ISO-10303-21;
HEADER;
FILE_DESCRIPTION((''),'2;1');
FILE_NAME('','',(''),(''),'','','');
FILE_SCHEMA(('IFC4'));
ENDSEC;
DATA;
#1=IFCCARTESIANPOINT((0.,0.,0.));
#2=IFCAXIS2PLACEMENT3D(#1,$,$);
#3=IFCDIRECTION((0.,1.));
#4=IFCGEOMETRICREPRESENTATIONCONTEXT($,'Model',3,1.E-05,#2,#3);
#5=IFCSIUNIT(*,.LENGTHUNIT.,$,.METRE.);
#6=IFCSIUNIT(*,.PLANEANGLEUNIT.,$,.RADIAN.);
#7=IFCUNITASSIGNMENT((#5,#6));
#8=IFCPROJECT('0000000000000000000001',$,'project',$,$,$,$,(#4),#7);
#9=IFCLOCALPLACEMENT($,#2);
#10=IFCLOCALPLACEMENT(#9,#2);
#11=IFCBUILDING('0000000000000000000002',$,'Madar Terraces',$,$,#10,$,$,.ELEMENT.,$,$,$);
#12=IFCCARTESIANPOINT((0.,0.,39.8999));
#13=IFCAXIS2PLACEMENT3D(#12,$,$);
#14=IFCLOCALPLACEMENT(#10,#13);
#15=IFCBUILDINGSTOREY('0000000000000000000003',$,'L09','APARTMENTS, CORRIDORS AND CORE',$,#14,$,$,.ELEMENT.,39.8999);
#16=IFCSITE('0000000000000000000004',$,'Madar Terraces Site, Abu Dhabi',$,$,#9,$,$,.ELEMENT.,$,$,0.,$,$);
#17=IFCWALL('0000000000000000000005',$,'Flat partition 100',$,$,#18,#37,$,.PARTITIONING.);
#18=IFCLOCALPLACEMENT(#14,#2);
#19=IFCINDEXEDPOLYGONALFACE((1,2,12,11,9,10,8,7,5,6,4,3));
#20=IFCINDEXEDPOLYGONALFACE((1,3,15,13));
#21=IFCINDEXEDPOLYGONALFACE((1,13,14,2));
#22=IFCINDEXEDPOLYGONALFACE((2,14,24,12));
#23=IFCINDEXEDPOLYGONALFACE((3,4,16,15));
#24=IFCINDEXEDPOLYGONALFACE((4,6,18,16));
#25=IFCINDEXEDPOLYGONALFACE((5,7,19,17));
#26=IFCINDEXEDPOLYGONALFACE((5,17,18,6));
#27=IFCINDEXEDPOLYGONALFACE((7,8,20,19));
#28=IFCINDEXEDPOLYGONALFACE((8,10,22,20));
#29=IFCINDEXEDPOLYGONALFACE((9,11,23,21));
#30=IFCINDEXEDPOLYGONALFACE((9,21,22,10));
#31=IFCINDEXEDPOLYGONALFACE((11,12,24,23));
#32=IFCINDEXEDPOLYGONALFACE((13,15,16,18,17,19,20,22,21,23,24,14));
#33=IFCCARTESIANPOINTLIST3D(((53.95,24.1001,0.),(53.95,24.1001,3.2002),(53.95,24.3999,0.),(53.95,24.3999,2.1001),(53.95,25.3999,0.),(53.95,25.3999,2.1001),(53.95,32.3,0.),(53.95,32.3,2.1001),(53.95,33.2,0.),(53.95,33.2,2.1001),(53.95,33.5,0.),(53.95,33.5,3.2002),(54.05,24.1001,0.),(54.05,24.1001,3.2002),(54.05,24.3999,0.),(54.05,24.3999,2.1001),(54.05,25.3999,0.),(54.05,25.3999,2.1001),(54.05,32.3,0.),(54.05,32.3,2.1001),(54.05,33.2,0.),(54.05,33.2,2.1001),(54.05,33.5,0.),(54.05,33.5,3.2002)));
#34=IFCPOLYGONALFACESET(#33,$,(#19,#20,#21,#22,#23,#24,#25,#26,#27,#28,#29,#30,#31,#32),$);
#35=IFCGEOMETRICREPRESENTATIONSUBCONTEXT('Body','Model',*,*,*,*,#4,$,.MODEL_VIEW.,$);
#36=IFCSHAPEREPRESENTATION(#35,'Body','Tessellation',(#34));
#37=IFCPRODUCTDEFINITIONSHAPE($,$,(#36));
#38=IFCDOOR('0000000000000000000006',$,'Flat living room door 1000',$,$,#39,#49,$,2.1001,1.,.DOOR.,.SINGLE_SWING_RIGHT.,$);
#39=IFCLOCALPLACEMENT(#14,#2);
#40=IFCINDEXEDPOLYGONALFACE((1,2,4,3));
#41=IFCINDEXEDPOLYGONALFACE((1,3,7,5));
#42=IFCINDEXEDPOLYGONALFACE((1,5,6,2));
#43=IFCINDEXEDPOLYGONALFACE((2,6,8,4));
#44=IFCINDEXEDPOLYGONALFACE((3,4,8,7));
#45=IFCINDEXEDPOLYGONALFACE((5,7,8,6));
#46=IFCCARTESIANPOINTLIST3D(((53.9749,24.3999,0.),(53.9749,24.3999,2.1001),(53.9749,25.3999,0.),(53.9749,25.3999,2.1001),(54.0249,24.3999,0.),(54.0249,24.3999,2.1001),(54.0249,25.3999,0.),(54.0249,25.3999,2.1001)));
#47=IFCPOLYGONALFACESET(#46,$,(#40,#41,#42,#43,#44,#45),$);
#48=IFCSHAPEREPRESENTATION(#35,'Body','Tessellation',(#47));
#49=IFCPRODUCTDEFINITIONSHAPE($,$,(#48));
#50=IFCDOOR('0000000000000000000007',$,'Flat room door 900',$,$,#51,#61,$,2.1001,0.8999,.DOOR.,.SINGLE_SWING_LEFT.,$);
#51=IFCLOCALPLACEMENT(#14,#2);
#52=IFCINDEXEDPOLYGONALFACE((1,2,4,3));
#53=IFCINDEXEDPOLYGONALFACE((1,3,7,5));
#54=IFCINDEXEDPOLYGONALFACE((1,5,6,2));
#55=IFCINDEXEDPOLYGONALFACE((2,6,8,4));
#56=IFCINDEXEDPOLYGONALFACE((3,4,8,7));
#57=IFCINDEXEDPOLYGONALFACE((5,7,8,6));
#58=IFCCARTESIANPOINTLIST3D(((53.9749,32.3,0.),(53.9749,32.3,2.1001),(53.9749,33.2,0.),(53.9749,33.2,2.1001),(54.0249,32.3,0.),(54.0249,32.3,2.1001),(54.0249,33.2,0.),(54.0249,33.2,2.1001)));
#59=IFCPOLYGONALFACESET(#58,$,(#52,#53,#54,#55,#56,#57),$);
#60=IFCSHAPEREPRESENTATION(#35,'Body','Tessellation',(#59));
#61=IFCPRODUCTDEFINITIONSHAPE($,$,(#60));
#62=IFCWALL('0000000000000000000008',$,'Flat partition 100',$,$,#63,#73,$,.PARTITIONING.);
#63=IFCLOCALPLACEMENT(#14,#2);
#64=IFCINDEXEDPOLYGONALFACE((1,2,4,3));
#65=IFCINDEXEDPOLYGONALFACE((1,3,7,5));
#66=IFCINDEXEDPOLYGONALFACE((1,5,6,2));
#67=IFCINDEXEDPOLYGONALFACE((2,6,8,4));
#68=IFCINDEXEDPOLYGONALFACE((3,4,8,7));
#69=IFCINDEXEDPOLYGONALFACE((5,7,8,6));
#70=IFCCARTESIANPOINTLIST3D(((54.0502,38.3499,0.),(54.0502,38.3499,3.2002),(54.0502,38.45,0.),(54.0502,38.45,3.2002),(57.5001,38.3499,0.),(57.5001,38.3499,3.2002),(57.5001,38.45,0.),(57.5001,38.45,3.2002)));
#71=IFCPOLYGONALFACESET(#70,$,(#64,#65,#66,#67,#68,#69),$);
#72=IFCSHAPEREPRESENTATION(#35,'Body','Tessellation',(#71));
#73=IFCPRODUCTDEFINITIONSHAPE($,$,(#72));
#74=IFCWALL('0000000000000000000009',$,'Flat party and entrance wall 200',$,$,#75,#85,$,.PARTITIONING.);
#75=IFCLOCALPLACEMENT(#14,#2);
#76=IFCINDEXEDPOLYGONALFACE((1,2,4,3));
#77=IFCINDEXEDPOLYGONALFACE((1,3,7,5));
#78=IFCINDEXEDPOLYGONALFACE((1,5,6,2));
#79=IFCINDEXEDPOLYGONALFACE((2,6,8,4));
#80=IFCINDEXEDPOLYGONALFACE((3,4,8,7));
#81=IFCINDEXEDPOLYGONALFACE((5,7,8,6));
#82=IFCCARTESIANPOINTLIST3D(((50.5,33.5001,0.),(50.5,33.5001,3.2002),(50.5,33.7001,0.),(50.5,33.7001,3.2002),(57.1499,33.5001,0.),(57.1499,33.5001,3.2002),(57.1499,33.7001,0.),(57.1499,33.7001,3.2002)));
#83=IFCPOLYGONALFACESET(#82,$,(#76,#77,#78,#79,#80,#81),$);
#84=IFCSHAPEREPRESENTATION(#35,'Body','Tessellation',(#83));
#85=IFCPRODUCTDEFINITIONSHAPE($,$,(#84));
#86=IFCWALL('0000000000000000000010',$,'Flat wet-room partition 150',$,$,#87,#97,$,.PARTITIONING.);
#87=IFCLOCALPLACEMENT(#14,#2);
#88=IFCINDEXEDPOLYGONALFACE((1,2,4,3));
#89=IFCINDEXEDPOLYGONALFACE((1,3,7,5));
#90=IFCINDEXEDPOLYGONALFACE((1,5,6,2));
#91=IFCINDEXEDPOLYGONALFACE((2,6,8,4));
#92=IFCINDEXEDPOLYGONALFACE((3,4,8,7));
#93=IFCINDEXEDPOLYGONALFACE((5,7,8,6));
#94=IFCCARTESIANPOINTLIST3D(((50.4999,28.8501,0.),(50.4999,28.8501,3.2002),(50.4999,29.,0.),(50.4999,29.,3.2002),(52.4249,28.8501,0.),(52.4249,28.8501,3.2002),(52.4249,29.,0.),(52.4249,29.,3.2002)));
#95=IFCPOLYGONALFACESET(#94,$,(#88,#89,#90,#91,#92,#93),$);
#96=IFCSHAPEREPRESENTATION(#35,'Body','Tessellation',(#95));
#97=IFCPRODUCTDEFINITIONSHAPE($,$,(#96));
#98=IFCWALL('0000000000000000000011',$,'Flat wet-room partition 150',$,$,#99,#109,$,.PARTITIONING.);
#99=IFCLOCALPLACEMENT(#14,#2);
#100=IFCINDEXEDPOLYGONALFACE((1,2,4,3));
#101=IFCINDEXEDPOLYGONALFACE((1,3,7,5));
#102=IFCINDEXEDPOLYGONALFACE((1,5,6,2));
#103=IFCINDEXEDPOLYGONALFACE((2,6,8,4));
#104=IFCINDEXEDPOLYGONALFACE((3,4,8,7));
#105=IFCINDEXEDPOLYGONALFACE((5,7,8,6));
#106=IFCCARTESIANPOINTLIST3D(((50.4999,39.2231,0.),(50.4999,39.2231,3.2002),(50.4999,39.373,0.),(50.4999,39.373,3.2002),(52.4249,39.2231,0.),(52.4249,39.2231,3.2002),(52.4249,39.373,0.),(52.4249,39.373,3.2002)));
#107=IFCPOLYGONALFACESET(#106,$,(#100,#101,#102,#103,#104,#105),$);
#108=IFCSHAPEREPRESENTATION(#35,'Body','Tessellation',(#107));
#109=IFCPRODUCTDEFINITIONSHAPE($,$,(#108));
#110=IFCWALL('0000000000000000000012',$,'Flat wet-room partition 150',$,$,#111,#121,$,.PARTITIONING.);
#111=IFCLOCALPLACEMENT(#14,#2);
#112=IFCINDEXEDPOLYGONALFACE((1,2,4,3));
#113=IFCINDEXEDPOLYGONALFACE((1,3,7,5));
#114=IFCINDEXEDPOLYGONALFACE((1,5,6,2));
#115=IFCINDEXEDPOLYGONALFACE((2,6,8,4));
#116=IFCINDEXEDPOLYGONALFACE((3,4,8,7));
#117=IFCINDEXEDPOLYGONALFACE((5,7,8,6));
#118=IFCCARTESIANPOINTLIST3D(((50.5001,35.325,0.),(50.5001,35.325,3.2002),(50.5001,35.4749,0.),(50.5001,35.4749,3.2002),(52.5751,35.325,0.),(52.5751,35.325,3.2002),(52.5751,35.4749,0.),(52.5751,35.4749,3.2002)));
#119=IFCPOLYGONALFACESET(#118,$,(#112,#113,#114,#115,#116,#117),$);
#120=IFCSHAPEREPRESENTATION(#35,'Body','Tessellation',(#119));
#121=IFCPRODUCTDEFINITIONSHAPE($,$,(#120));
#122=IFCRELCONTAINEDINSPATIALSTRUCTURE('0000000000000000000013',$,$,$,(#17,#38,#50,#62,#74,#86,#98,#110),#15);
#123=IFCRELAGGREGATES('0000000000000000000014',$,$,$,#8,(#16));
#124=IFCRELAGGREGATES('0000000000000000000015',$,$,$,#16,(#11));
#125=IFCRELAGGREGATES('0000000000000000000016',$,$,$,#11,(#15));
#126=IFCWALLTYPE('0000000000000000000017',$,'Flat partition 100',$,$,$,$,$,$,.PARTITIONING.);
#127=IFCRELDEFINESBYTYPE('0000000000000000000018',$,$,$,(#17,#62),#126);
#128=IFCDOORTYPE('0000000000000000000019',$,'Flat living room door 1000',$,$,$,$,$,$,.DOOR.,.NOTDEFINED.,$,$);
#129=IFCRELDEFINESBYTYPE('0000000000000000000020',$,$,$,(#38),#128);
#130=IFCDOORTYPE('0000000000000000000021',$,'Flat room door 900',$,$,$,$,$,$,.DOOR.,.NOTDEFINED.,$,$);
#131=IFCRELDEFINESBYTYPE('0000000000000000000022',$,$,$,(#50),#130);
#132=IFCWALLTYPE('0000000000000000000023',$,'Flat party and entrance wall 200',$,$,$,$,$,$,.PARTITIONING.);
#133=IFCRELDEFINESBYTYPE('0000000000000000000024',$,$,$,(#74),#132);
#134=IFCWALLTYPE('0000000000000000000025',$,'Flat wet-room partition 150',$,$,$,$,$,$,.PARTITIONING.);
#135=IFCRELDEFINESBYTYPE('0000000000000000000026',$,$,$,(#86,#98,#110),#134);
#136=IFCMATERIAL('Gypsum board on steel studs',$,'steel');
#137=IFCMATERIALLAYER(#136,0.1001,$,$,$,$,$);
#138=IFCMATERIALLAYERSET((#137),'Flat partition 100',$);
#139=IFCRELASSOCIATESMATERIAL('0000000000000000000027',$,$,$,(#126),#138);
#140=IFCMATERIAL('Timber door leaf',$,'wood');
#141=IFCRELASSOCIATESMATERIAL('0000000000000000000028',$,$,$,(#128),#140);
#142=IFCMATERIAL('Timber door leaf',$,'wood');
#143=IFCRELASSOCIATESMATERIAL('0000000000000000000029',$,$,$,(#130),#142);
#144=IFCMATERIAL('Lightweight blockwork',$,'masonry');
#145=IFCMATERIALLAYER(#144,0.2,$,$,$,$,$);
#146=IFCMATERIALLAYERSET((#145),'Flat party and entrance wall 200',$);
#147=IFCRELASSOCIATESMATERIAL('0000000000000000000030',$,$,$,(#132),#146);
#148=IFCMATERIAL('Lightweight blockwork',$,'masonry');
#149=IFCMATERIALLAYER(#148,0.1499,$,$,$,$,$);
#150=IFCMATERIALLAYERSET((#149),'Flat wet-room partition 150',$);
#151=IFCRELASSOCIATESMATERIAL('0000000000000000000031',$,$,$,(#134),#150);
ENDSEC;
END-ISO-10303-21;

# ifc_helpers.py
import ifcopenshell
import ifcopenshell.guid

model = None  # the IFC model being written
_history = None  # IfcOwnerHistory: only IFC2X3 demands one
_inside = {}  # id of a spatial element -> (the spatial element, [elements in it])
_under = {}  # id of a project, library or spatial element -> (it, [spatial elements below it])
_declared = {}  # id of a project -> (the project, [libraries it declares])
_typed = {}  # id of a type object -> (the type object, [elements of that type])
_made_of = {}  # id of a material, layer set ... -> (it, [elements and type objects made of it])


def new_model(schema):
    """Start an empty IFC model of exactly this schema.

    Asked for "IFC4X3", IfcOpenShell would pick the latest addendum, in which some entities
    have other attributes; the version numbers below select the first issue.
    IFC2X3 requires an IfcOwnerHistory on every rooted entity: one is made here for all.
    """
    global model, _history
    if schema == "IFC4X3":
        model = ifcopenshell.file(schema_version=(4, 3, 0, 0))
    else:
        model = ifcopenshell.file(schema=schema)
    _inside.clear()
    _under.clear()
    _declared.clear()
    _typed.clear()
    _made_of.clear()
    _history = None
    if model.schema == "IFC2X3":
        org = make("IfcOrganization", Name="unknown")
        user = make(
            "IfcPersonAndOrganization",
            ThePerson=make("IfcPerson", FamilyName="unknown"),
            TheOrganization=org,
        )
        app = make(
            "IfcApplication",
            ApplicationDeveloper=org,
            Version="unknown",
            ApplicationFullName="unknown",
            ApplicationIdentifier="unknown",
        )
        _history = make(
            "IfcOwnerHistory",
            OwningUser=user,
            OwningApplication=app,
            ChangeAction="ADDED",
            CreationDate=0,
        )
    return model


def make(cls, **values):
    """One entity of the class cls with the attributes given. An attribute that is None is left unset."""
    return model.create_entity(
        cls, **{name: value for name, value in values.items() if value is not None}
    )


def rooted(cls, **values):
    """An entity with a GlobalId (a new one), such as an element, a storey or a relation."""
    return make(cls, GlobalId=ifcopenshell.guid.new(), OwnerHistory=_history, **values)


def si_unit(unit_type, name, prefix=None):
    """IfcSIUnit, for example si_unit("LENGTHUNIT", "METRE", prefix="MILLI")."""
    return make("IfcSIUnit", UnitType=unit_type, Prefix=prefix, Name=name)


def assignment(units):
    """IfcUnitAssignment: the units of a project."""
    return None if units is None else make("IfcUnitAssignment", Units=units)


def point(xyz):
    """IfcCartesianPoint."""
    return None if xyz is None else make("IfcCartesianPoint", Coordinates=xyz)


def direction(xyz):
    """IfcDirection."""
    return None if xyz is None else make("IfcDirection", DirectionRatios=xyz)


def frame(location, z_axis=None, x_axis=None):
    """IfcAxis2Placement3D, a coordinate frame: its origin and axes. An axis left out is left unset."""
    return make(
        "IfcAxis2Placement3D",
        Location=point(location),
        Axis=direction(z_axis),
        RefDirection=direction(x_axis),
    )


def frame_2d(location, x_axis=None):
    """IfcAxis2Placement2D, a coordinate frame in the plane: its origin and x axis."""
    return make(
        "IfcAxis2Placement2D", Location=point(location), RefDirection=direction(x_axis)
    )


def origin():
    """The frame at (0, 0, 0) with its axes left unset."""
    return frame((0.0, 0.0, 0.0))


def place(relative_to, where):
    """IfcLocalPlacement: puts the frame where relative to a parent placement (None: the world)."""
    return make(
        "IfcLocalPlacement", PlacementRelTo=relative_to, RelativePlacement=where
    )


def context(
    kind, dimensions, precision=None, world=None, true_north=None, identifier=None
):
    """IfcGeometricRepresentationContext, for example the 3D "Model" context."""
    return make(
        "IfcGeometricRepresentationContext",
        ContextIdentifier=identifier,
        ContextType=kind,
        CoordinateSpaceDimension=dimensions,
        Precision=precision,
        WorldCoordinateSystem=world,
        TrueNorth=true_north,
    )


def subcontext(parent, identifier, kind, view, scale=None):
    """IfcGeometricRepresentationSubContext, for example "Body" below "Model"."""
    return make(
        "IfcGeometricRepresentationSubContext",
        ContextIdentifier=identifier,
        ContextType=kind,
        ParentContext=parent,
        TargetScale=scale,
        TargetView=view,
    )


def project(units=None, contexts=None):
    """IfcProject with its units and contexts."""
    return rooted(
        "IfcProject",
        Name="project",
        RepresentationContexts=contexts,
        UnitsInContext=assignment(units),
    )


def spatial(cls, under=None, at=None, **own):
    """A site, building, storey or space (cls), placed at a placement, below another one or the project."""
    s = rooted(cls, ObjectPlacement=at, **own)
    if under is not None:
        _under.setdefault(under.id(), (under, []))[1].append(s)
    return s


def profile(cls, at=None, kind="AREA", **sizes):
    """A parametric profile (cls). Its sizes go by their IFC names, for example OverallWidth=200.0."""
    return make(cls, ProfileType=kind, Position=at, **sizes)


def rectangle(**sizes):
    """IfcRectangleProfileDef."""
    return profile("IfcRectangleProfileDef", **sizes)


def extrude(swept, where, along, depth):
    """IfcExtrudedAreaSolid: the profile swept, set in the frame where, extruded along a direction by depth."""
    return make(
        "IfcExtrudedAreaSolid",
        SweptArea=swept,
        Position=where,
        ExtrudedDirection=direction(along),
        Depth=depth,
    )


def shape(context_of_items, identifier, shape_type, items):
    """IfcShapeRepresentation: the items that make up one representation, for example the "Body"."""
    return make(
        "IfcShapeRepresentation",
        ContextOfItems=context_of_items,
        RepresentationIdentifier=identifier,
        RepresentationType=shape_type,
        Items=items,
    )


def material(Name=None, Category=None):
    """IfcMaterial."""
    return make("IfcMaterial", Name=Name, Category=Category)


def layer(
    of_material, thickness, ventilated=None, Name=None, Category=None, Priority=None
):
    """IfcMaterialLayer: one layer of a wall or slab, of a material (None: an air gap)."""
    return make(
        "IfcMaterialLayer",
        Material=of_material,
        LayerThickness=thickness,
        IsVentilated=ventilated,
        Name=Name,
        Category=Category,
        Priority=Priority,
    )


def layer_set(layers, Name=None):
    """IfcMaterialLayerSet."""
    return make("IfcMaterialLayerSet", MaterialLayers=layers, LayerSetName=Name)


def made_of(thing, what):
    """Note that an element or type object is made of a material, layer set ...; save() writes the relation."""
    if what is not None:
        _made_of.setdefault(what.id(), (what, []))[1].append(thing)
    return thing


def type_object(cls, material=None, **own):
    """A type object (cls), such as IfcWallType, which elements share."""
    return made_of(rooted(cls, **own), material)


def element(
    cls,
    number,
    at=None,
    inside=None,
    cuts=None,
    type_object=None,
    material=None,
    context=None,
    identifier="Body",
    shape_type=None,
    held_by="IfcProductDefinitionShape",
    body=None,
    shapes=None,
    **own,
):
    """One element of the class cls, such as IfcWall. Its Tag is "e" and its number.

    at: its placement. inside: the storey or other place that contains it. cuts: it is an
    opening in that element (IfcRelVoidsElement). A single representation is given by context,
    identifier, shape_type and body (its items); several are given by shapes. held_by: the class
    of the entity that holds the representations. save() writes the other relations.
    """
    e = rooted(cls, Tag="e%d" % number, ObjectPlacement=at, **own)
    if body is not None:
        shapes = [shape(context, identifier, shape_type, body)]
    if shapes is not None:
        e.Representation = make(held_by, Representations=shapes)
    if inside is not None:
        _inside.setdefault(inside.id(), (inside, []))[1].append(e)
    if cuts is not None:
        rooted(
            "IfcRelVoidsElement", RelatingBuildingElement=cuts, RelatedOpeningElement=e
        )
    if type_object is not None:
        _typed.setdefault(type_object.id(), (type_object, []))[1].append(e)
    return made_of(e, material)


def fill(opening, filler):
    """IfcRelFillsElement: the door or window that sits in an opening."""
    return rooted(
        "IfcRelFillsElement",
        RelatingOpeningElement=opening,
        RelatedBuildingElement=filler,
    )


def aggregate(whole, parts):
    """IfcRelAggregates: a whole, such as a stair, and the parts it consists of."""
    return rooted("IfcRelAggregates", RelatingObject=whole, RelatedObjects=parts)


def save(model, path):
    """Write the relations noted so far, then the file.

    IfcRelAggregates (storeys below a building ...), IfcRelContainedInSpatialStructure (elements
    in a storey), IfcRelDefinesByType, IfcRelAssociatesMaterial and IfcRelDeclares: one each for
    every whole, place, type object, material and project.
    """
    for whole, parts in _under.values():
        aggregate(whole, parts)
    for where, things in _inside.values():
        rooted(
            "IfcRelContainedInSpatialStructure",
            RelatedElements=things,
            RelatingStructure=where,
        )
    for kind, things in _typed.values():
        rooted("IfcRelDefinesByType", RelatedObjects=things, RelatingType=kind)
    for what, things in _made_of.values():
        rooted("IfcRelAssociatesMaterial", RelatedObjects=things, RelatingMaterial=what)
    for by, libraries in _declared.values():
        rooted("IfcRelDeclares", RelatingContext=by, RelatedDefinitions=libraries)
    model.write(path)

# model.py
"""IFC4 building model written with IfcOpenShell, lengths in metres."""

from ifc_helpers import new_model, si_unit, direction, frame, frame_2d, origin, place, context, subcontext, project, spatial, rectangle, extrude, material, layer, layer_set, type_object, element, fill, save


model = new_model("IFC4")

# Units and contexts
model_context = context("Model", 3, precision=1e-05, world=origin(), true_north=direction((0.0, 1.0)))
body_context = subcontext(model_context, "Body", "Model", "MODEL_VIEW")
ifc_project = project(units=[si_unit("LENGTHUNIT", "METRE"), si_unit("PLANEANGLEUNIT", "RADIAN")], contexts=[model_context])

# Site, building, storey
site_placement = place(None, origin())
site = spatial("IfcSite", under=ifc_project, at=site_placement, Name="Madar Terraces Site, Abu Dhabi", CompositionType="ELEMENT", RefElevation=0.0)
building_placement = place(site_placement, origin())
building = spatial("IfcBuilding", under=site, at=building_placement, Name="Madar Terraces", CompositionType="ELEMENT")
storey_placement = place(building_placement, frame((0.0, 0.0, 39.8999)))
storey = spatial("IfcBuildingStorey", under=building, at=storey_placement, Name="L09", Description="APARTMENTS, CORRIDORS AND CORE", CompositionType="ELEMENT", Elevation=39.8999)

# Shared definitions
ifc_material_1 = material(Name="Gypsum board on steel studs", Category="steel")
ifc_layer_1 = layer(ifc_material_1, 0.1001)
ifc_layer_set_1 = layer_set([ifc_layer_1], Name="Flat partition 100")
wall_type_1 = type_object("IfcWallType", Name="Flat partition 100", PredefinedType="PARTITIONING", material=ifc_layer_set_1)

# Wall, openings, doors
wall_1_placement = place(storey_placement, frame((54.0, 33.5, 0.0), z_axis=(0.0, 0.0, 1.0), x_axis=(0.0, -1.0, 0.0)))
wall_1 = element("IfcWall", 1, at=wall_1_placement, inside=storey, type_object=wall_type_1, Name="Flat partition 100", PredefinedType="PARTITIONING", context=body_context, shape_type="SweptSolid", body=[
    extrude(rectangle(XDim=9.3999, YDim=0.1001, at=frame_2d((4.7, 0.0))), origin(), (0.0, 0.0, 1.0), 3.2002),
])
opening_1_placement = place(wall_1_placement, frame((8.1001, 0.0, 0.0)))
opening_1 = element("IfcOpeningElement", 2, at=opening_1_placement, cuts=wall_1, PredefinedType="OPENING", context=body_context, shape_type="SweptSolid", body=[
    extrude(rectangle(XDim=1.0, YDim=2.1001, at=frame_2d((0.5, 1.05))), frame((0.0, 0.0601, 0.0), z_axis=(0.0, -1.0, 0.0), x_axis=(1.0, 0.0, 0.0)), (0.0, 0.0, 1.0), 0.1201),
])
opening_2_placement = place(wall_1_placement, frame((0.3, 0.0, 0.0)))
opening_2 = element("IfcOpeningElement", 3, at=opening_2_placement, cuts=wall_1, PredefinedType="OPENING", context=body_context, shape_type="SweptSolid", body=[
    extrude(rectangle(XDim=0.8999, YDim=2.1001, at=frame_2d((0.45, 1.05))), frame((0.0, 0.0601, 0.0), z_axis=(0.0, -1.0, 0.0), x_axis=(1.0, 0.0, 0.0)), (0.0, 0.0, 1.0), 0.1201),
])
ifc_material_2 = material(Name="Timber door leaf", Category="wood")
door_type_1 = type_object("IfcDoorType", Name="Flat living room door 1000", OperationType="NOTDEFINED", PredefinedType="DOOR", material=ifc_material_2)
door_1_placement = place(opening_1_placement, origin())
door_1 = element("IfcDoor", 4, at=door_1_placement, inside=storey, type_object=door_type_1, Name="Flat living room door 1000", OperationType="SINGLE_SWING_RIGHT", OverallHeight=2.1001, OverallWidth=1.0, PredefinedType="DOOR", context=body_context, shape_type="SweptSolid", body=[
    extrude(rectangle(XDim=1.0, YDim=2.1001, at=frame_2d((0.5, 1.05))), frame((0.0, 0.0249, 0.0), z_axis=(0.0, -1.0, 0.0), x_axis=(1.0, 0.0, 0.0)), (0.0, 0.0, 1.0), 0.05),
])
fill(opening_1, door_1)
ifc_material_3 = material(Name="Timber door leaf", Category="wood")
door_type_2 = type_object("IfcDoorType", Name="Flat room door 900", OperationType="NOTDEFINED", PredefinedType="DOOR", material=ifc_material_3)
door_2_placement = place(opening_2_placement, origin())
door_2 = element("IfcDoor", 5, at=door_2_placement, inside=storey, type_object=door_type_2, Name="Flat room door 900", OperationType="SINGLE_SWING_LEFT", OverallHeight=2.1001, OverallWidth=0.8999, PredefinedType="DOOR", context=body_context, shape_type="SweptSolid", body=[
    extrude(rectangle(XDim=0.8999, YDim=2.1001, at=frame_2d((0.45, 1.05))), frame((0.0, 0.0249, 0.0), z_axis=(0.0, -1.0, 0.0), x_axis=(1.0, 0.0, 0.0)), (0.0, 0.0, 1.0), 0.05),
])
fill(opening_2, door_2)

# Walls
wall_2_placement = place(storey_placement, frame((54.05, 38.3999, 0.0), z_axis=(0.0, 0.0, 1.0), x_axis=(1.0, 0.0, 0.0)))
element("IfcWall", 6, at=wall_2_placement, inside=storey, type_object=wall_type_1, Name="Flat partition 100", PredefinedType="PARTITIONING", context=body_context, shape_type="SweptSolid", body=[
    extrude(rectangle(XDim=3.45, YDim=0.1001, at=frame_2d((1.7251, 0.0))), origin(), (0.0, 0.0, 1.0), 3.2002),
])
ifc_material_4 = material(Name="Lightweight blockwork", Category="masonry")
ifc_layer_2 = layer(ifc_material_4, 0.2)
ifc_layer_set_2 = layer_set([ifc_layer_2], Name="Flat party and entrance wall 200")
wall_type_2 = type_object("IfcWallType", Name="Flat party and entrance wall 200", PredefinedType="PARTITIONING", material=ifc_layer_set_2)
wall_3_placement = place(storey_placement, frame((50.5, 33.6001, 0.0), z_axis=(0.0, 0.0, 1.0), x_axis=(1.0, 0.0, 0.0)))
element("IfcWall", 7, at=wall_3_placement, inside=storey, type_object=wall_type_2, Name="Flat party and entrance wall 200", PredefinedType="PARTITIONING", context=body_context, shape_type="SweptSolid", body=[
    extrude(rectangle(XDim=6.6499, YDim=0.2, at=frame_2d((3.325, 0.0))), origin(), (0.0, 0.0, 1.0), 3.2002),
])
ifc_material_5 = material(Name="Lightweight blockwork", Category="masonry")
ifc_layer_3 = layer(ifc_material_5, 0.1499)
ifc_layer_set_3 = layer_set([ifc_layer_3], Name="Flat wet-room partition 150")
wall_type_3 = type_object("IfcWallType", Name="Flat wet-room partition 150", PredefinedType="PARTITIONING", material=ifc_layer_set_3)
for number, where, z_axis, x_axis, name in (
    (8, (50.5, 28.925, 0.0), (0.0, 0.0, 1.0), (1.0, 0.0, 0.0), "Flat wet-room partition 150"),
    (9, (50.5, 39.2981, 0.0), (0.0, 0.0, 1.0), (1.0, 0.0, 0.0), "Flat wet-room partition 150"),
):
    element("IfcWall", number, at=place(storey_placement, frame(where, z_axis=z_axis, x_axis=x_axis)), inside=storey, type_object=wall_type_3, Name=name, PredefinedType="PARTITIONING", context=body_context, shape_type="SweptSolid", body=[
        extrude(rectangle(XDim=1.925, YDim=0.1499, at=frame_2d((0.9624, 0.0))), origin(), (0.0, 0.0, 1.0), 3.2002),
    ])
wall_4_placement = place(storey_placement, frame((50.5, 35.3999, 0.0), z_axis=(0.0, 0.0, 1.0), x_axis=(1.0, 0.0, 0.0)))
element("IfcWall", 10, at=wall_4_placement, inside=storey, type_object=wall_type_3, Name="Flat wet-room partition 150", PredefinedType="PARTITIONING", context=body_context, shape_type="SweptSolid", body=[
    extrude(rectangle(XDim=2.075, YDim=0.1499, at=frame_2d((1.0376, 0.0))), origin(), (0.0, 0.0, 1.0), 3.2002),
])

save(model, "model.ifc")
